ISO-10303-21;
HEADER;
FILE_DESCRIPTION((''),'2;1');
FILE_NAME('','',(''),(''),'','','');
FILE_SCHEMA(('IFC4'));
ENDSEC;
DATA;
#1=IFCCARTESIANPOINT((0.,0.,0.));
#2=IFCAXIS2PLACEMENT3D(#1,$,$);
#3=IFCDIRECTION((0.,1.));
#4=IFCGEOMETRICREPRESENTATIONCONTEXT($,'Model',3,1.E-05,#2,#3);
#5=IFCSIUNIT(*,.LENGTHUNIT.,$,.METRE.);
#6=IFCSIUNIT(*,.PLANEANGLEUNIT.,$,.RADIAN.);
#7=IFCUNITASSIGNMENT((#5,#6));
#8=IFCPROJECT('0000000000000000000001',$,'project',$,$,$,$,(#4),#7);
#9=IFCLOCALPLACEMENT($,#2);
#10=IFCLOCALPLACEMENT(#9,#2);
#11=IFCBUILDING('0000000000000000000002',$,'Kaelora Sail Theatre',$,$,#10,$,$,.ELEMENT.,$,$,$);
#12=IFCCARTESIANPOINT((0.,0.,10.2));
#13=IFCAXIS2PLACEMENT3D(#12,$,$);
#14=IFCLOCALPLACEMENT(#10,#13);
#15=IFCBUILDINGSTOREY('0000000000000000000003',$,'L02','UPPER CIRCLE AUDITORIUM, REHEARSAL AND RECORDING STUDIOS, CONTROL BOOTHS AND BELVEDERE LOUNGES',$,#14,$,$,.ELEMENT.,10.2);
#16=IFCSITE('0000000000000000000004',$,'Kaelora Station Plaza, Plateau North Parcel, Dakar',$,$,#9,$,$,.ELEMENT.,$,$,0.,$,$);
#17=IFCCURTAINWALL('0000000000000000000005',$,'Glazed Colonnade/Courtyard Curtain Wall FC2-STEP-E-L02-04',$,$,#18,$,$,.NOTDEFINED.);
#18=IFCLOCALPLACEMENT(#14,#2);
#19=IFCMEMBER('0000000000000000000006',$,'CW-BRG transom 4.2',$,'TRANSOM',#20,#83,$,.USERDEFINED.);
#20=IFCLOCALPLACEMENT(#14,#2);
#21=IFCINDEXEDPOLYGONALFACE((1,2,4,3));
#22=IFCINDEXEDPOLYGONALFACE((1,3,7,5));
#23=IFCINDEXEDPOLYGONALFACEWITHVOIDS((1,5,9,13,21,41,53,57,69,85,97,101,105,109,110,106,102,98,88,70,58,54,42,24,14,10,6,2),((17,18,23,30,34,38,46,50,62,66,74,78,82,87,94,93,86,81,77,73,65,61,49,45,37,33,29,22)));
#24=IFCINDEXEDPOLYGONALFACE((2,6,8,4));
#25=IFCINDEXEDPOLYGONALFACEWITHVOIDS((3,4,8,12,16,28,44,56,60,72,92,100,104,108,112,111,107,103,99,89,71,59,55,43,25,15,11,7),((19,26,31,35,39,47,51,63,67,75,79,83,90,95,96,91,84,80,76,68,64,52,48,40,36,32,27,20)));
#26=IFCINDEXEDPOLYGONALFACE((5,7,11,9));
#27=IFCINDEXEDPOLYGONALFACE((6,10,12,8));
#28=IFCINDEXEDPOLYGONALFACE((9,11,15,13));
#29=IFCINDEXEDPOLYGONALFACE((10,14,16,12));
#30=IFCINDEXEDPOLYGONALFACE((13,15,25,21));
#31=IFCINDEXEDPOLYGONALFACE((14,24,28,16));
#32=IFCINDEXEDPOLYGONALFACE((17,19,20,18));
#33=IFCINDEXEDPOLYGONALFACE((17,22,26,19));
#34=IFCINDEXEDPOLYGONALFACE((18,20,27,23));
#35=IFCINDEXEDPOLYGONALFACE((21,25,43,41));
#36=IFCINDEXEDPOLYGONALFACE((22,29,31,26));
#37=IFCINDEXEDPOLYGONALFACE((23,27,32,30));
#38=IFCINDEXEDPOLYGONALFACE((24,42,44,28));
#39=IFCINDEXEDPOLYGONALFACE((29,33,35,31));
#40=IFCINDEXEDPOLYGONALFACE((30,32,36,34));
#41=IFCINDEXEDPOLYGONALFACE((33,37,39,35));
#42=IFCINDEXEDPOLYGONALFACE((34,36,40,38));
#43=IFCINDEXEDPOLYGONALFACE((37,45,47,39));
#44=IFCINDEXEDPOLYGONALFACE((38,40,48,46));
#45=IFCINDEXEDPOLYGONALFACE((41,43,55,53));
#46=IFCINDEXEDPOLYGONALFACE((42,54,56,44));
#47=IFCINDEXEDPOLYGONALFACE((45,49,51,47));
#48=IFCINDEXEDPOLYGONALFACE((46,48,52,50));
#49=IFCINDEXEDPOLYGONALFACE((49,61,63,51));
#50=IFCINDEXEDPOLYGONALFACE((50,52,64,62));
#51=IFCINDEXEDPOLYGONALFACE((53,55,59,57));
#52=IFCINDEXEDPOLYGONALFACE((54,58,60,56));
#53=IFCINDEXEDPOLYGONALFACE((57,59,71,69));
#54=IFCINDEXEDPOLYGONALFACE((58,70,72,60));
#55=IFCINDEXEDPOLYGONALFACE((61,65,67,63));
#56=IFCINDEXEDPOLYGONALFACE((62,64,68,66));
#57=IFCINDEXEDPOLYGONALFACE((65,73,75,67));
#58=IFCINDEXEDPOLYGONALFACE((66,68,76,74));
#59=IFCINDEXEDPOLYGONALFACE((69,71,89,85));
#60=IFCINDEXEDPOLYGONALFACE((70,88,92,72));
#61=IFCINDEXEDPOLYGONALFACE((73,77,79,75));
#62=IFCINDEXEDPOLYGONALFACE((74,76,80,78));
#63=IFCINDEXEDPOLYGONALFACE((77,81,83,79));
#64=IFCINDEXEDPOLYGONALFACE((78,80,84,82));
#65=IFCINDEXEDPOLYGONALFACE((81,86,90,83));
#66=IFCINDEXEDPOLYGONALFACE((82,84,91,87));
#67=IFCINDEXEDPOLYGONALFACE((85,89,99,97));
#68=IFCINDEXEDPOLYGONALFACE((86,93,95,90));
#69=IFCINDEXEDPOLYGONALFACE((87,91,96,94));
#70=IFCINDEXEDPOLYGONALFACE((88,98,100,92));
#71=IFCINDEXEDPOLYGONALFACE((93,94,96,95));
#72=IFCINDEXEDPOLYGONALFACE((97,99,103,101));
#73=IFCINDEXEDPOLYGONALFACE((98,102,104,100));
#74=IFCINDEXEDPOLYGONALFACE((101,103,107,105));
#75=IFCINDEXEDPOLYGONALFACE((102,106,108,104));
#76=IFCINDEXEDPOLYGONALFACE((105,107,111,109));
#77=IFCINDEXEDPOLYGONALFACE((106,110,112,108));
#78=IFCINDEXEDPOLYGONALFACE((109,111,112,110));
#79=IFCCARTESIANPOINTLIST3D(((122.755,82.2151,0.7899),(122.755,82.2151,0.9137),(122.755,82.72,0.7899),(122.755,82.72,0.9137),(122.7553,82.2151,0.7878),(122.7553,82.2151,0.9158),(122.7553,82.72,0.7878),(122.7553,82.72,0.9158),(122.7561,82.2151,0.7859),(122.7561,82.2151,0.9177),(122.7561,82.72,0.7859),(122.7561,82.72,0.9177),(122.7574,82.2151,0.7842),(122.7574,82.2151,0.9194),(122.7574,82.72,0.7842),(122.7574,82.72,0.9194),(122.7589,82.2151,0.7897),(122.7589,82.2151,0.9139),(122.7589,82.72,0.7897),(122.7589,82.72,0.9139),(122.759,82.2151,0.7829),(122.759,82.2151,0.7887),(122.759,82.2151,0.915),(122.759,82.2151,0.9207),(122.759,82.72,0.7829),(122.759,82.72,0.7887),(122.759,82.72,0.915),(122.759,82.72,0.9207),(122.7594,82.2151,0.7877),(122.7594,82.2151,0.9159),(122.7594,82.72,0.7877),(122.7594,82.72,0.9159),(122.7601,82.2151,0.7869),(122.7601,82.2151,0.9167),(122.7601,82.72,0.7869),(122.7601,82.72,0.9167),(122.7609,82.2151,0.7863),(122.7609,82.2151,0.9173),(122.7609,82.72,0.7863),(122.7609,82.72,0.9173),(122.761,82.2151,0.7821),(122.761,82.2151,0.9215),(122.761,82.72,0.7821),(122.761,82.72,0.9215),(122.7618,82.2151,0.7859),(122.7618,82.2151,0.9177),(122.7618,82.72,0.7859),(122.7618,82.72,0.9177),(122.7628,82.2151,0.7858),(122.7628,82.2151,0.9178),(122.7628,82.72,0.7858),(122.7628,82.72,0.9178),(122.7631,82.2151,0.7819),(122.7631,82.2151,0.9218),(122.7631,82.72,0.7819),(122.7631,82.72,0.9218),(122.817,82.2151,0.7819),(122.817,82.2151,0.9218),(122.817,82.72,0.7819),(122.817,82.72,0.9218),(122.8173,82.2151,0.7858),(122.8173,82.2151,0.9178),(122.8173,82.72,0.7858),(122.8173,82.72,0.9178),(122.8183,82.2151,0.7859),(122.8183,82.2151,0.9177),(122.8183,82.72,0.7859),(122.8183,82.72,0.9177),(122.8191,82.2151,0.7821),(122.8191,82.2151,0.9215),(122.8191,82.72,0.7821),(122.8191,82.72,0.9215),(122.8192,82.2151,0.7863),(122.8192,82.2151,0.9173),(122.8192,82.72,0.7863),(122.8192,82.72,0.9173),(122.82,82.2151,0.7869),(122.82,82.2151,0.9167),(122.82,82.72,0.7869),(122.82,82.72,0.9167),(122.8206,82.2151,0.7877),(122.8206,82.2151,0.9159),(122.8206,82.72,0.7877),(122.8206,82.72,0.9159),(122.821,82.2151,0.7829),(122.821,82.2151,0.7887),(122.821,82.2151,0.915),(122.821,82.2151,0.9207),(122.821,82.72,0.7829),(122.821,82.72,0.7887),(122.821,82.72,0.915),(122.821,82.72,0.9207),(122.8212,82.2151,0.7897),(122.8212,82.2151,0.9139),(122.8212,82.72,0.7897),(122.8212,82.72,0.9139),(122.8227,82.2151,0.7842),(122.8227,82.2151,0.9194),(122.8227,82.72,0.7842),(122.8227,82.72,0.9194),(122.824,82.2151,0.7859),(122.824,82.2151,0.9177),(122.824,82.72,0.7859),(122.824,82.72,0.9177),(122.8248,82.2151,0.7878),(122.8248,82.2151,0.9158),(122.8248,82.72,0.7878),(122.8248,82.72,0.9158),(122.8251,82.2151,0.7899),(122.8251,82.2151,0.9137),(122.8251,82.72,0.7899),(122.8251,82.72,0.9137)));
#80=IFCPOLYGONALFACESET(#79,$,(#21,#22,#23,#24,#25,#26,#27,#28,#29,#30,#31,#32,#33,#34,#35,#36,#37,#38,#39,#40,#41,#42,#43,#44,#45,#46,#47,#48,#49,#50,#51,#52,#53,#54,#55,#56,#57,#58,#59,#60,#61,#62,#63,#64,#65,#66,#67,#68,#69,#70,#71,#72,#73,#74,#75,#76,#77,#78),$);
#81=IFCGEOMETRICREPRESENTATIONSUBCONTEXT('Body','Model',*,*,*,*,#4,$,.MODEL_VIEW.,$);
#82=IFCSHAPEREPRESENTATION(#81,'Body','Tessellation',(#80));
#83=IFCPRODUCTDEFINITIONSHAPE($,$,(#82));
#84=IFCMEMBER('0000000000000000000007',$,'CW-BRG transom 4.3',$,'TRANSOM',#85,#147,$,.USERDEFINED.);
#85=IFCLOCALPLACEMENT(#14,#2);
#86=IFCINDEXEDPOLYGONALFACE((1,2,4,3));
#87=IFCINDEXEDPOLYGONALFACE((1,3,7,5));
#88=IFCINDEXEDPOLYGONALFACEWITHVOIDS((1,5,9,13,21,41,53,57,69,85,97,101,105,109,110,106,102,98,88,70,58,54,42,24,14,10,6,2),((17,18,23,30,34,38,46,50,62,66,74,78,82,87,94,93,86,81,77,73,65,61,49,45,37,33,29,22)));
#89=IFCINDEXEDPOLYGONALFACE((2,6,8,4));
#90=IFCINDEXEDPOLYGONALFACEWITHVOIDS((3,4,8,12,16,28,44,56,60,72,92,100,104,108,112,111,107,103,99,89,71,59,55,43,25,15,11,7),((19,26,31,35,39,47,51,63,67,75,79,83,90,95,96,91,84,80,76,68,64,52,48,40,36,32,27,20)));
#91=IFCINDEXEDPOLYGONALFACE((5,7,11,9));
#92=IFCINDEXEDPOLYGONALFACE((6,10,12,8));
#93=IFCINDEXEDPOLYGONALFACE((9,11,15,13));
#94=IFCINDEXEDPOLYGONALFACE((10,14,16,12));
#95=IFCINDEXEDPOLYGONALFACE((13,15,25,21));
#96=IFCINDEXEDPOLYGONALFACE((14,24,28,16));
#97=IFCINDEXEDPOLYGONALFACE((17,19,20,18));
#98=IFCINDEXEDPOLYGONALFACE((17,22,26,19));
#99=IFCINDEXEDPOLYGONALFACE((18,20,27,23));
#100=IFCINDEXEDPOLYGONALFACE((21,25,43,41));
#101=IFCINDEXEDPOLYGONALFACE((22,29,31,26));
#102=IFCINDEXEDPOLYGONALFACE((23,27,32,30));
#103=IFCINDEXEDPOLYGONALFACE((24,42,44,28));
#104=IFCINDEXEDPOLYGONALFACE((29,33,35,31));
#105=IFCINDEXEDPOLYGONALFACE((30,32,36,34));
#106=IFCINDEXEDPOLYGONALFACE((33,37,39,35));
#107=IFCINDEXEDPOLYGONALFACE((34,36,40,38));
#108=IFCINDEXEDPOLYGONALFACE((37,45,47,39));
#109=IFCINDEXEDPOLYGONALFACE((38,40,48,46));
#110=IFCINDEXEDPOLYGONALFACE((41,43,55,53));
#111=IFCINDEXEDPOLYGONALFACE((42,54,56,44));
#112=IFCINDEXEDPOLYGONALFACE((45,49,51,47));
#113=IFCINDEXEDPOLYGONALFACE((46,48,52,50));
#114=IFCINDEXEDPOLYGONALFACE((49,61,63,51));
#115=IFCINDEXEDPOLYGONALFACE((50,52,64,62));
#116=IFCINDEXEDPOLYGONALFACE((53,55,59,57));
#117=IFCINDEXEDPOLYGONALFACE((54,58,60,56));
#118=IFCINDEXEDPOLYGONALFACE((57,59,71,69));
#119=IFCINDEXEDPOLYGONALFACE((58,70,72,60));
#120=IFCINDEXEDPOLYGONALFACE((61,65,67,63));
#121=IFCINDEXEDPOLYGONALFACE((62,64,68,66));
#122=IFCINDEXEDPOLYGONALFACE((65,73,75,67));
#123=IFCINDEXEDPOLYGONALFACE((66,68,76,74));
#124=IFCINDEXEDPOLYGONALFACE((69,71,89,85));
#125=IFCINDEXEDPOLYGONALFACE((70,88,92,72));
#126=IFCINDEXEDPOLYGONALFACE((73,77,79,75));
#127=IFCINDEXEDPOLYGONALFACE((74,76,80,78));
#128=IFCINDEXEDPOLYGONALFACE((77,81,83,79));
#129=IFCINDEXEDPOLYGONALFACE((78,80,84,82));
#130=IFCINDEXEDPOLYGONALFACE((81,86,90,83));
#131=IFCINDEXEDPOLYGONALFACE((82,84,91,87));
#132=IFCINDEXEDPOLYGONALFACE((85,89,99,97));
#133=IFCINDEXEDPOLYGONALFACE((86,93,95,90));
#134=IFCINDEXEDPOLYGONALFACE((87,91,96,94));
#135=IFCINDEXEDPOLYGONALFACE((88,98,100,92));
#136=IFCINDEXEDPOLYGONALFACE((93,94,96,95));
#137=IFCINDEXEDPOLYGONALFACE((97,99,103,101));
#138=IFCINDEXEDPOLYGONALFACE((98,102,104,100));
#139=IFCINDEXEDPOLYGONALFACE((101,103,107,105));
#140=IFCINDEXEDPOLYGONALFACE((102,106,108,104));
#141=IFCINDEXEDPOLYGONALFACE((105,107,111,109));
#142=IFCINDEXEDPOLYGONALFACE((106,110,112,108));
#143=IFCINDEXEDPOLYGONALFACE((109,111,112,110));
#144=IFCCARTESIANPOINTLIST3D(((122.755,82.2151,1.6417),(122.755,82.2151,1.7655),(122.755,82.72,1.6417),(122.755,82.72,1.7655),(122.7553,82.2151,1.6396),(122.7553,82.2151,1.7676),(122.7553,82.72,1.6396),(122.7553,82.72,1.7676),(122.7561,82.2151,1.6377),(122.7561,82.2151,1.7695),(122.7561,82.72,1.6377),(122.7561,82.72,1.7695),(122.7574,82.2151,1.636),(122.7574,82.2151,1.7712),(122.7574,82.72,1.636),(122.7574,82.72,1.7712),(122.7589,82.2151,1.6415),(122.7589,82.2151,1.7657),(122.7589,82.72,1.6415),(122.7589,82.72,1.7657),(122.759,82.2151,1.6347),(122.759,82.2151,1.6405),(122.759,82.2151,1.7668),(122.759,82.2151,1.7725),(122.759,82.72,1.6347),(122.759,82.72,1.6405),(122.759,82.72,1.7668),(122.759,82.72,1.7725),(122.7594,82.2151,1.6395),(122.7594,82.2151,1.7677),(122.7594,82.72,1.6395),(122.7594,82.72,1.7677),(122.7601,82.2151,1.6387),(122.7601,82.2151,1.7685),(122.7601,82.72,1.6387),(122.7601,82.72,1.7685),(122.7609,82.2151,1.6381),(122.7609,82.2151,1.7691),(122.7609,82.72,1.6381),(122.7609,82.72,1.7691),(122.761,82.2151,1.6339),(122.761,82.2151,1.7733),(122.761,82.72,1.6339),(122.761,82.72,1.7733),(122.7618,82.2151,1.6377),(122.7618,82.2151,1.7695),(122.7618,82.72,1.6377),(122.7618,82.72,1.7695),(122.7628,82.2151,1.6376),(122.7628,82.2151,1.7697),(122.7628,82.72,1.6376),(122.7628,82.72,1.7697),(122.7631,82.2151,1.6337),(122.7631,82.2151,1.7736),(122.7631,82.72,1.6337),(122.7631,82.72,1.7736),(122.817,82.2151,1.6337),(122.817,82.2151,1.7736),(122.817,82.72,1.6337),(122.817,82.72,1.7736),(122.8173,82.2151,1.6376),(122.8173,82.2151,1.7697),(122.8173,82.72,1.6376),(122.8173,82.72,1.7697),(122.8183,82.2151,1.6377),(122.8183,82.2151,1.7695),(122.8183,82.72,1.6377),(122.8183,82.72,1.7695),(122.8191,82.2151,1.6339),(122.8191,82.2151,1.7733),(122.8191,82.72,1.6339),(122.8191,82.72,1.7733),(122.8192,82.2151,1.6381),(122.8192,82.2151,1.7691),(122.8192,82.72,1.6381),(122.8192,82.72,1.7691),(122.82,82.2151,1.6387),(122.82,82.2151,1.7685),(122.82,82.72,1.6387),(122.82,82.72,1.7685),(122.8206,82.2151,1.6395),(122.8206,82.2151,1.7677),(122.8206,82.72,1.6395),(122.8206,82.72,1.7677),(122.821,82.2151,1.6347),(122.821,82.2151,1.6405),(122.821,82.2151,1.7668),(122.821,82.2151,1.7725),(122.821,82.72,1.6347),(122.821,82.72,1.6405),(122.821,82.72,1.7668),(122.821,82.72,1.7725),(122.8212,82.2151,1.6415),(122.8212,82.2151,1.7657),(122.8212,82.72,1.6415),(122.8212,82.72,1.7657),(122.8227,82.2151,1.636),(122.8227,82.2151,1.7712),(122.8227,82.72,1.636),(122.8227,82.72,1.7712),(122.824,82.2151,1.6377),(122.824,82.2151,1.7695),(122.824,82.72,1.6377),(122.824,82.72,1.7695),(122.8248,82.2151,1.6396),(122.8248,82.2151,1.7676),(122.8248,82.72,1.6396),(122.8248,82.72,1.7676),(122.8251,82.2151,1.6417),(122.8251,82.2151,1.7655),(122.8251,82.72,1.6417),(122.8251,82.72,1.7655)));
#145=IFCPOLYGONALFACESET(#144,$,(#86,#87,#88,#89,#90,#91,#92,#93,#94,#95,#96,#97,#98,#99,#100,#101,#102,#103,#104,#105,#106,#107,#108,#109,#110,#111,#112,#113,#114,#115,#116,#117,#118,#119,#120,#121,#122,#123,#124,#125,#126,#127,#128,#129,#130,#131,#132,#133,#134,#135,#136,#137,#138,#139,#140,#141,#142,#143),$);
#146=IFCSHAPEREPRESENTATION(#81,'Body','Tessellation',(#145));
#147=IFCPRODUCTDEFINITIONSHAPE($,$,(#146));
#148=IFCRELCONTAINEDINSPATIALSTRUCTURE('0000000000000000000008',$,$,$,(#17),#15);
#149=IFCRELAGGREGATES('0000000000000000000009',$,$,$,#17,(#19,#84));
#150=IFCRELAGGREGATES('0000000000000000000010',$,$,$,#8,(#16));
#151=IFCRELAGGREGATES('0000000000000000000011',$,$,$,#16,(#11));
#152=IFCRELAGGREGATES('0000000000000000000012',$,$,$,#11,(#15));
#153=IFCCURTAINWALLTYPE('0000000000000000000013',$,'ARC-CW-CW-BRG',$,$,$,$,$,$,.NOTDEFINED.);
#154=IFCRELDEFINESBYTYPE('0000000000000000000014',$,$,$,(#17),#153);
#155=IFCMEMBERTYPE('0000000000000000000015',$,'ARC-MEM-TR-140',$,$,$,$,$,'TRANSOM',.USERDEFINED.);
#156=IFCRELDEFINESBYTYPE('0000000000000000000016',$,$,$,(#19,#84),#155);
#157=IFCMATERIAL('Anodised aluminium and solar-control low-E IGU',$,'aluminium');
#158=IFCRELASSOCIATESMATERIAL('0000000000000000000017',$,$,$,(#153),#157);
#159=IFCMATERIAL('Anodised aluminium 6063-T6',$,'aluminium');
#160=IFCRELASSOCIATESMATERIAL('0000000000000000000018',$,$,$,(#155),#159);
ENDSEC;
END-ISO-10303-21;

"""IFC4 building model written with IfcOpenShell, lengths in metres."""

from ifc_helpers import new_model, si_unit, direction, frame, origin, origin_2d, place, context, subcontext, project, spatial, hollow_rectangle, extrude, material, material_profile, profile_set, type_object, element, aggregate, save


model = new_model("IFC4")

# Units and contexts
model_context = context("Model", 3, precision=1e-05, world=origin(), true_north=direction((0.0, 1.0)))
body_context = subcontext(model_context, "Body", "Model", "MODEL_VIEW")
ifc_project = project(units=[si_unit("LENGTHUNIT", "METRE"), si_unit("PLANEANGLEUNIT", "RADIAN")], contexts=[model_context])

# Site, building, storey
site_placement = place(None, origin())
site = spatial("IfcSite", under=ifc_project, at=site_placement, Name="Kaelora Station Plaza, Plateau North Parcel, Dakar", CompositionType="ELEMENT", RefElevation=0.0)
building_placement = place(site_placement, origin())
building = spatial("IfcBuilding", under=site, at=building_placement, Name="Kaelora Sail Theatre", CompositionType="ELEMENT")
storey_placement = place(building_placement, frame((0.0, 0.0, 10.2)))
storey = spatial("IfcBuildingStorey", under=building, at=storey_placement, Name="L02", Description="UPPER CIRCLE AUDITORIUM, REHEARSAL AND RECORDING STUDIOS, CONTROL BOOTHS AND BELVEDERE LOUNGES", CompositionType="ELEMENT", Elevation=10.2)

# Curtain wall, members
ifc_material_1 = material(Name="Anodised aluminium and solar-control low-E IGU", Category="aluminium")
curtain_wall_type = type_object("IfcCurtainWallType", Name="ARC-CW-CW-BRG", PredefinedType="NOTDEFINED", material=ifc_material_1)
curtain_wall_placement = place(storey_placement, origin())
curtain_wall = element("IfcCurtainWall", 1, at=curtain_wall_placement, inside=storey, type_object=curtain_wall_type, Name="Glazed Colonnade/Courtyard Curtain Wall FC2-STEP-E-L02-04", PredefinedType="NOTDEFINED")
ifc_material_2 = material(Name="Anodised aluminium 6063-T6", Category="aluminium")
ifc_material_profile_1 = material_profile(ifc_material_2, hollow_rectangle(XDim=0.0701, YDim=0.1399, WallThickness=0.0039, InnerFilletRadius=0.0039, OuterFilletRadius=0.0081, at=origin_2d()), Name="ALU-TRAN 70x140x4")
ifc_profile_set_1 = profile_set([ifc_material_profile_1], Name="Anodised aluminium 6063-T6")
member_type_1 = type_object("IfcMemberType", Name="ARC-MEM-TR-140", ElementType="TRANSOM", PredefinedType="USERDEFINED", material=ifc_profile_set_1)
member_1_placement = place(storey_placement, frame((122.79, 82.2151, 0.8518), z_axis=(0.0, 1.0, 0.0), x_axis=(-1.0, 0.0, 0.0)))
member_1 = element("IfcMember", 2, at=member_1_placement, type_object=member_type_1, Name="CW-BRG transom 4.2", ObjectType="TRANSOM", PredefinedType="USERDEFINED", context=body_context, shape_type="SweptSolid", body=[
    extrude(hollow_rectangle(XDim=0.0701, YDim=0.1399, WallThickness=0.0039, InnerFilletRadius=0.0039, OuterFilletRadius=0.0081, at=origin_2d()), origin(), (0.0, 0.0, 1.0), 0.5049),
])
member_2_placement = place(storey_placement, frame((122.79, 82.2151, 1.7036), z_axis=(0.0, 1.0, 0.0), x_axis=(-1.0, 0.0, 0.0)))
member_2 = element("IfcMember", 3, at=member_2_placement, type_object=member_type_1, Name="CW-BRG transom 4.3", ObjectType="TRANSOM", PredefinedType="USERDEFINED", context=body_context, shape_type="SweptSolid", body=[
    extrude(hollow_rectangle(XDim=0.0701, YDim=0.1399, WallThickness=0.0039, InnerFilletRadius=0.0039, OuterFilletRadius=0.0081, at=origin_2d()), origin(), (0.0, 0.0, 1.0), 0.5049),
])

aggregate(curtain_wall, [member_1, member_2])

save(model, "model.ifc")
